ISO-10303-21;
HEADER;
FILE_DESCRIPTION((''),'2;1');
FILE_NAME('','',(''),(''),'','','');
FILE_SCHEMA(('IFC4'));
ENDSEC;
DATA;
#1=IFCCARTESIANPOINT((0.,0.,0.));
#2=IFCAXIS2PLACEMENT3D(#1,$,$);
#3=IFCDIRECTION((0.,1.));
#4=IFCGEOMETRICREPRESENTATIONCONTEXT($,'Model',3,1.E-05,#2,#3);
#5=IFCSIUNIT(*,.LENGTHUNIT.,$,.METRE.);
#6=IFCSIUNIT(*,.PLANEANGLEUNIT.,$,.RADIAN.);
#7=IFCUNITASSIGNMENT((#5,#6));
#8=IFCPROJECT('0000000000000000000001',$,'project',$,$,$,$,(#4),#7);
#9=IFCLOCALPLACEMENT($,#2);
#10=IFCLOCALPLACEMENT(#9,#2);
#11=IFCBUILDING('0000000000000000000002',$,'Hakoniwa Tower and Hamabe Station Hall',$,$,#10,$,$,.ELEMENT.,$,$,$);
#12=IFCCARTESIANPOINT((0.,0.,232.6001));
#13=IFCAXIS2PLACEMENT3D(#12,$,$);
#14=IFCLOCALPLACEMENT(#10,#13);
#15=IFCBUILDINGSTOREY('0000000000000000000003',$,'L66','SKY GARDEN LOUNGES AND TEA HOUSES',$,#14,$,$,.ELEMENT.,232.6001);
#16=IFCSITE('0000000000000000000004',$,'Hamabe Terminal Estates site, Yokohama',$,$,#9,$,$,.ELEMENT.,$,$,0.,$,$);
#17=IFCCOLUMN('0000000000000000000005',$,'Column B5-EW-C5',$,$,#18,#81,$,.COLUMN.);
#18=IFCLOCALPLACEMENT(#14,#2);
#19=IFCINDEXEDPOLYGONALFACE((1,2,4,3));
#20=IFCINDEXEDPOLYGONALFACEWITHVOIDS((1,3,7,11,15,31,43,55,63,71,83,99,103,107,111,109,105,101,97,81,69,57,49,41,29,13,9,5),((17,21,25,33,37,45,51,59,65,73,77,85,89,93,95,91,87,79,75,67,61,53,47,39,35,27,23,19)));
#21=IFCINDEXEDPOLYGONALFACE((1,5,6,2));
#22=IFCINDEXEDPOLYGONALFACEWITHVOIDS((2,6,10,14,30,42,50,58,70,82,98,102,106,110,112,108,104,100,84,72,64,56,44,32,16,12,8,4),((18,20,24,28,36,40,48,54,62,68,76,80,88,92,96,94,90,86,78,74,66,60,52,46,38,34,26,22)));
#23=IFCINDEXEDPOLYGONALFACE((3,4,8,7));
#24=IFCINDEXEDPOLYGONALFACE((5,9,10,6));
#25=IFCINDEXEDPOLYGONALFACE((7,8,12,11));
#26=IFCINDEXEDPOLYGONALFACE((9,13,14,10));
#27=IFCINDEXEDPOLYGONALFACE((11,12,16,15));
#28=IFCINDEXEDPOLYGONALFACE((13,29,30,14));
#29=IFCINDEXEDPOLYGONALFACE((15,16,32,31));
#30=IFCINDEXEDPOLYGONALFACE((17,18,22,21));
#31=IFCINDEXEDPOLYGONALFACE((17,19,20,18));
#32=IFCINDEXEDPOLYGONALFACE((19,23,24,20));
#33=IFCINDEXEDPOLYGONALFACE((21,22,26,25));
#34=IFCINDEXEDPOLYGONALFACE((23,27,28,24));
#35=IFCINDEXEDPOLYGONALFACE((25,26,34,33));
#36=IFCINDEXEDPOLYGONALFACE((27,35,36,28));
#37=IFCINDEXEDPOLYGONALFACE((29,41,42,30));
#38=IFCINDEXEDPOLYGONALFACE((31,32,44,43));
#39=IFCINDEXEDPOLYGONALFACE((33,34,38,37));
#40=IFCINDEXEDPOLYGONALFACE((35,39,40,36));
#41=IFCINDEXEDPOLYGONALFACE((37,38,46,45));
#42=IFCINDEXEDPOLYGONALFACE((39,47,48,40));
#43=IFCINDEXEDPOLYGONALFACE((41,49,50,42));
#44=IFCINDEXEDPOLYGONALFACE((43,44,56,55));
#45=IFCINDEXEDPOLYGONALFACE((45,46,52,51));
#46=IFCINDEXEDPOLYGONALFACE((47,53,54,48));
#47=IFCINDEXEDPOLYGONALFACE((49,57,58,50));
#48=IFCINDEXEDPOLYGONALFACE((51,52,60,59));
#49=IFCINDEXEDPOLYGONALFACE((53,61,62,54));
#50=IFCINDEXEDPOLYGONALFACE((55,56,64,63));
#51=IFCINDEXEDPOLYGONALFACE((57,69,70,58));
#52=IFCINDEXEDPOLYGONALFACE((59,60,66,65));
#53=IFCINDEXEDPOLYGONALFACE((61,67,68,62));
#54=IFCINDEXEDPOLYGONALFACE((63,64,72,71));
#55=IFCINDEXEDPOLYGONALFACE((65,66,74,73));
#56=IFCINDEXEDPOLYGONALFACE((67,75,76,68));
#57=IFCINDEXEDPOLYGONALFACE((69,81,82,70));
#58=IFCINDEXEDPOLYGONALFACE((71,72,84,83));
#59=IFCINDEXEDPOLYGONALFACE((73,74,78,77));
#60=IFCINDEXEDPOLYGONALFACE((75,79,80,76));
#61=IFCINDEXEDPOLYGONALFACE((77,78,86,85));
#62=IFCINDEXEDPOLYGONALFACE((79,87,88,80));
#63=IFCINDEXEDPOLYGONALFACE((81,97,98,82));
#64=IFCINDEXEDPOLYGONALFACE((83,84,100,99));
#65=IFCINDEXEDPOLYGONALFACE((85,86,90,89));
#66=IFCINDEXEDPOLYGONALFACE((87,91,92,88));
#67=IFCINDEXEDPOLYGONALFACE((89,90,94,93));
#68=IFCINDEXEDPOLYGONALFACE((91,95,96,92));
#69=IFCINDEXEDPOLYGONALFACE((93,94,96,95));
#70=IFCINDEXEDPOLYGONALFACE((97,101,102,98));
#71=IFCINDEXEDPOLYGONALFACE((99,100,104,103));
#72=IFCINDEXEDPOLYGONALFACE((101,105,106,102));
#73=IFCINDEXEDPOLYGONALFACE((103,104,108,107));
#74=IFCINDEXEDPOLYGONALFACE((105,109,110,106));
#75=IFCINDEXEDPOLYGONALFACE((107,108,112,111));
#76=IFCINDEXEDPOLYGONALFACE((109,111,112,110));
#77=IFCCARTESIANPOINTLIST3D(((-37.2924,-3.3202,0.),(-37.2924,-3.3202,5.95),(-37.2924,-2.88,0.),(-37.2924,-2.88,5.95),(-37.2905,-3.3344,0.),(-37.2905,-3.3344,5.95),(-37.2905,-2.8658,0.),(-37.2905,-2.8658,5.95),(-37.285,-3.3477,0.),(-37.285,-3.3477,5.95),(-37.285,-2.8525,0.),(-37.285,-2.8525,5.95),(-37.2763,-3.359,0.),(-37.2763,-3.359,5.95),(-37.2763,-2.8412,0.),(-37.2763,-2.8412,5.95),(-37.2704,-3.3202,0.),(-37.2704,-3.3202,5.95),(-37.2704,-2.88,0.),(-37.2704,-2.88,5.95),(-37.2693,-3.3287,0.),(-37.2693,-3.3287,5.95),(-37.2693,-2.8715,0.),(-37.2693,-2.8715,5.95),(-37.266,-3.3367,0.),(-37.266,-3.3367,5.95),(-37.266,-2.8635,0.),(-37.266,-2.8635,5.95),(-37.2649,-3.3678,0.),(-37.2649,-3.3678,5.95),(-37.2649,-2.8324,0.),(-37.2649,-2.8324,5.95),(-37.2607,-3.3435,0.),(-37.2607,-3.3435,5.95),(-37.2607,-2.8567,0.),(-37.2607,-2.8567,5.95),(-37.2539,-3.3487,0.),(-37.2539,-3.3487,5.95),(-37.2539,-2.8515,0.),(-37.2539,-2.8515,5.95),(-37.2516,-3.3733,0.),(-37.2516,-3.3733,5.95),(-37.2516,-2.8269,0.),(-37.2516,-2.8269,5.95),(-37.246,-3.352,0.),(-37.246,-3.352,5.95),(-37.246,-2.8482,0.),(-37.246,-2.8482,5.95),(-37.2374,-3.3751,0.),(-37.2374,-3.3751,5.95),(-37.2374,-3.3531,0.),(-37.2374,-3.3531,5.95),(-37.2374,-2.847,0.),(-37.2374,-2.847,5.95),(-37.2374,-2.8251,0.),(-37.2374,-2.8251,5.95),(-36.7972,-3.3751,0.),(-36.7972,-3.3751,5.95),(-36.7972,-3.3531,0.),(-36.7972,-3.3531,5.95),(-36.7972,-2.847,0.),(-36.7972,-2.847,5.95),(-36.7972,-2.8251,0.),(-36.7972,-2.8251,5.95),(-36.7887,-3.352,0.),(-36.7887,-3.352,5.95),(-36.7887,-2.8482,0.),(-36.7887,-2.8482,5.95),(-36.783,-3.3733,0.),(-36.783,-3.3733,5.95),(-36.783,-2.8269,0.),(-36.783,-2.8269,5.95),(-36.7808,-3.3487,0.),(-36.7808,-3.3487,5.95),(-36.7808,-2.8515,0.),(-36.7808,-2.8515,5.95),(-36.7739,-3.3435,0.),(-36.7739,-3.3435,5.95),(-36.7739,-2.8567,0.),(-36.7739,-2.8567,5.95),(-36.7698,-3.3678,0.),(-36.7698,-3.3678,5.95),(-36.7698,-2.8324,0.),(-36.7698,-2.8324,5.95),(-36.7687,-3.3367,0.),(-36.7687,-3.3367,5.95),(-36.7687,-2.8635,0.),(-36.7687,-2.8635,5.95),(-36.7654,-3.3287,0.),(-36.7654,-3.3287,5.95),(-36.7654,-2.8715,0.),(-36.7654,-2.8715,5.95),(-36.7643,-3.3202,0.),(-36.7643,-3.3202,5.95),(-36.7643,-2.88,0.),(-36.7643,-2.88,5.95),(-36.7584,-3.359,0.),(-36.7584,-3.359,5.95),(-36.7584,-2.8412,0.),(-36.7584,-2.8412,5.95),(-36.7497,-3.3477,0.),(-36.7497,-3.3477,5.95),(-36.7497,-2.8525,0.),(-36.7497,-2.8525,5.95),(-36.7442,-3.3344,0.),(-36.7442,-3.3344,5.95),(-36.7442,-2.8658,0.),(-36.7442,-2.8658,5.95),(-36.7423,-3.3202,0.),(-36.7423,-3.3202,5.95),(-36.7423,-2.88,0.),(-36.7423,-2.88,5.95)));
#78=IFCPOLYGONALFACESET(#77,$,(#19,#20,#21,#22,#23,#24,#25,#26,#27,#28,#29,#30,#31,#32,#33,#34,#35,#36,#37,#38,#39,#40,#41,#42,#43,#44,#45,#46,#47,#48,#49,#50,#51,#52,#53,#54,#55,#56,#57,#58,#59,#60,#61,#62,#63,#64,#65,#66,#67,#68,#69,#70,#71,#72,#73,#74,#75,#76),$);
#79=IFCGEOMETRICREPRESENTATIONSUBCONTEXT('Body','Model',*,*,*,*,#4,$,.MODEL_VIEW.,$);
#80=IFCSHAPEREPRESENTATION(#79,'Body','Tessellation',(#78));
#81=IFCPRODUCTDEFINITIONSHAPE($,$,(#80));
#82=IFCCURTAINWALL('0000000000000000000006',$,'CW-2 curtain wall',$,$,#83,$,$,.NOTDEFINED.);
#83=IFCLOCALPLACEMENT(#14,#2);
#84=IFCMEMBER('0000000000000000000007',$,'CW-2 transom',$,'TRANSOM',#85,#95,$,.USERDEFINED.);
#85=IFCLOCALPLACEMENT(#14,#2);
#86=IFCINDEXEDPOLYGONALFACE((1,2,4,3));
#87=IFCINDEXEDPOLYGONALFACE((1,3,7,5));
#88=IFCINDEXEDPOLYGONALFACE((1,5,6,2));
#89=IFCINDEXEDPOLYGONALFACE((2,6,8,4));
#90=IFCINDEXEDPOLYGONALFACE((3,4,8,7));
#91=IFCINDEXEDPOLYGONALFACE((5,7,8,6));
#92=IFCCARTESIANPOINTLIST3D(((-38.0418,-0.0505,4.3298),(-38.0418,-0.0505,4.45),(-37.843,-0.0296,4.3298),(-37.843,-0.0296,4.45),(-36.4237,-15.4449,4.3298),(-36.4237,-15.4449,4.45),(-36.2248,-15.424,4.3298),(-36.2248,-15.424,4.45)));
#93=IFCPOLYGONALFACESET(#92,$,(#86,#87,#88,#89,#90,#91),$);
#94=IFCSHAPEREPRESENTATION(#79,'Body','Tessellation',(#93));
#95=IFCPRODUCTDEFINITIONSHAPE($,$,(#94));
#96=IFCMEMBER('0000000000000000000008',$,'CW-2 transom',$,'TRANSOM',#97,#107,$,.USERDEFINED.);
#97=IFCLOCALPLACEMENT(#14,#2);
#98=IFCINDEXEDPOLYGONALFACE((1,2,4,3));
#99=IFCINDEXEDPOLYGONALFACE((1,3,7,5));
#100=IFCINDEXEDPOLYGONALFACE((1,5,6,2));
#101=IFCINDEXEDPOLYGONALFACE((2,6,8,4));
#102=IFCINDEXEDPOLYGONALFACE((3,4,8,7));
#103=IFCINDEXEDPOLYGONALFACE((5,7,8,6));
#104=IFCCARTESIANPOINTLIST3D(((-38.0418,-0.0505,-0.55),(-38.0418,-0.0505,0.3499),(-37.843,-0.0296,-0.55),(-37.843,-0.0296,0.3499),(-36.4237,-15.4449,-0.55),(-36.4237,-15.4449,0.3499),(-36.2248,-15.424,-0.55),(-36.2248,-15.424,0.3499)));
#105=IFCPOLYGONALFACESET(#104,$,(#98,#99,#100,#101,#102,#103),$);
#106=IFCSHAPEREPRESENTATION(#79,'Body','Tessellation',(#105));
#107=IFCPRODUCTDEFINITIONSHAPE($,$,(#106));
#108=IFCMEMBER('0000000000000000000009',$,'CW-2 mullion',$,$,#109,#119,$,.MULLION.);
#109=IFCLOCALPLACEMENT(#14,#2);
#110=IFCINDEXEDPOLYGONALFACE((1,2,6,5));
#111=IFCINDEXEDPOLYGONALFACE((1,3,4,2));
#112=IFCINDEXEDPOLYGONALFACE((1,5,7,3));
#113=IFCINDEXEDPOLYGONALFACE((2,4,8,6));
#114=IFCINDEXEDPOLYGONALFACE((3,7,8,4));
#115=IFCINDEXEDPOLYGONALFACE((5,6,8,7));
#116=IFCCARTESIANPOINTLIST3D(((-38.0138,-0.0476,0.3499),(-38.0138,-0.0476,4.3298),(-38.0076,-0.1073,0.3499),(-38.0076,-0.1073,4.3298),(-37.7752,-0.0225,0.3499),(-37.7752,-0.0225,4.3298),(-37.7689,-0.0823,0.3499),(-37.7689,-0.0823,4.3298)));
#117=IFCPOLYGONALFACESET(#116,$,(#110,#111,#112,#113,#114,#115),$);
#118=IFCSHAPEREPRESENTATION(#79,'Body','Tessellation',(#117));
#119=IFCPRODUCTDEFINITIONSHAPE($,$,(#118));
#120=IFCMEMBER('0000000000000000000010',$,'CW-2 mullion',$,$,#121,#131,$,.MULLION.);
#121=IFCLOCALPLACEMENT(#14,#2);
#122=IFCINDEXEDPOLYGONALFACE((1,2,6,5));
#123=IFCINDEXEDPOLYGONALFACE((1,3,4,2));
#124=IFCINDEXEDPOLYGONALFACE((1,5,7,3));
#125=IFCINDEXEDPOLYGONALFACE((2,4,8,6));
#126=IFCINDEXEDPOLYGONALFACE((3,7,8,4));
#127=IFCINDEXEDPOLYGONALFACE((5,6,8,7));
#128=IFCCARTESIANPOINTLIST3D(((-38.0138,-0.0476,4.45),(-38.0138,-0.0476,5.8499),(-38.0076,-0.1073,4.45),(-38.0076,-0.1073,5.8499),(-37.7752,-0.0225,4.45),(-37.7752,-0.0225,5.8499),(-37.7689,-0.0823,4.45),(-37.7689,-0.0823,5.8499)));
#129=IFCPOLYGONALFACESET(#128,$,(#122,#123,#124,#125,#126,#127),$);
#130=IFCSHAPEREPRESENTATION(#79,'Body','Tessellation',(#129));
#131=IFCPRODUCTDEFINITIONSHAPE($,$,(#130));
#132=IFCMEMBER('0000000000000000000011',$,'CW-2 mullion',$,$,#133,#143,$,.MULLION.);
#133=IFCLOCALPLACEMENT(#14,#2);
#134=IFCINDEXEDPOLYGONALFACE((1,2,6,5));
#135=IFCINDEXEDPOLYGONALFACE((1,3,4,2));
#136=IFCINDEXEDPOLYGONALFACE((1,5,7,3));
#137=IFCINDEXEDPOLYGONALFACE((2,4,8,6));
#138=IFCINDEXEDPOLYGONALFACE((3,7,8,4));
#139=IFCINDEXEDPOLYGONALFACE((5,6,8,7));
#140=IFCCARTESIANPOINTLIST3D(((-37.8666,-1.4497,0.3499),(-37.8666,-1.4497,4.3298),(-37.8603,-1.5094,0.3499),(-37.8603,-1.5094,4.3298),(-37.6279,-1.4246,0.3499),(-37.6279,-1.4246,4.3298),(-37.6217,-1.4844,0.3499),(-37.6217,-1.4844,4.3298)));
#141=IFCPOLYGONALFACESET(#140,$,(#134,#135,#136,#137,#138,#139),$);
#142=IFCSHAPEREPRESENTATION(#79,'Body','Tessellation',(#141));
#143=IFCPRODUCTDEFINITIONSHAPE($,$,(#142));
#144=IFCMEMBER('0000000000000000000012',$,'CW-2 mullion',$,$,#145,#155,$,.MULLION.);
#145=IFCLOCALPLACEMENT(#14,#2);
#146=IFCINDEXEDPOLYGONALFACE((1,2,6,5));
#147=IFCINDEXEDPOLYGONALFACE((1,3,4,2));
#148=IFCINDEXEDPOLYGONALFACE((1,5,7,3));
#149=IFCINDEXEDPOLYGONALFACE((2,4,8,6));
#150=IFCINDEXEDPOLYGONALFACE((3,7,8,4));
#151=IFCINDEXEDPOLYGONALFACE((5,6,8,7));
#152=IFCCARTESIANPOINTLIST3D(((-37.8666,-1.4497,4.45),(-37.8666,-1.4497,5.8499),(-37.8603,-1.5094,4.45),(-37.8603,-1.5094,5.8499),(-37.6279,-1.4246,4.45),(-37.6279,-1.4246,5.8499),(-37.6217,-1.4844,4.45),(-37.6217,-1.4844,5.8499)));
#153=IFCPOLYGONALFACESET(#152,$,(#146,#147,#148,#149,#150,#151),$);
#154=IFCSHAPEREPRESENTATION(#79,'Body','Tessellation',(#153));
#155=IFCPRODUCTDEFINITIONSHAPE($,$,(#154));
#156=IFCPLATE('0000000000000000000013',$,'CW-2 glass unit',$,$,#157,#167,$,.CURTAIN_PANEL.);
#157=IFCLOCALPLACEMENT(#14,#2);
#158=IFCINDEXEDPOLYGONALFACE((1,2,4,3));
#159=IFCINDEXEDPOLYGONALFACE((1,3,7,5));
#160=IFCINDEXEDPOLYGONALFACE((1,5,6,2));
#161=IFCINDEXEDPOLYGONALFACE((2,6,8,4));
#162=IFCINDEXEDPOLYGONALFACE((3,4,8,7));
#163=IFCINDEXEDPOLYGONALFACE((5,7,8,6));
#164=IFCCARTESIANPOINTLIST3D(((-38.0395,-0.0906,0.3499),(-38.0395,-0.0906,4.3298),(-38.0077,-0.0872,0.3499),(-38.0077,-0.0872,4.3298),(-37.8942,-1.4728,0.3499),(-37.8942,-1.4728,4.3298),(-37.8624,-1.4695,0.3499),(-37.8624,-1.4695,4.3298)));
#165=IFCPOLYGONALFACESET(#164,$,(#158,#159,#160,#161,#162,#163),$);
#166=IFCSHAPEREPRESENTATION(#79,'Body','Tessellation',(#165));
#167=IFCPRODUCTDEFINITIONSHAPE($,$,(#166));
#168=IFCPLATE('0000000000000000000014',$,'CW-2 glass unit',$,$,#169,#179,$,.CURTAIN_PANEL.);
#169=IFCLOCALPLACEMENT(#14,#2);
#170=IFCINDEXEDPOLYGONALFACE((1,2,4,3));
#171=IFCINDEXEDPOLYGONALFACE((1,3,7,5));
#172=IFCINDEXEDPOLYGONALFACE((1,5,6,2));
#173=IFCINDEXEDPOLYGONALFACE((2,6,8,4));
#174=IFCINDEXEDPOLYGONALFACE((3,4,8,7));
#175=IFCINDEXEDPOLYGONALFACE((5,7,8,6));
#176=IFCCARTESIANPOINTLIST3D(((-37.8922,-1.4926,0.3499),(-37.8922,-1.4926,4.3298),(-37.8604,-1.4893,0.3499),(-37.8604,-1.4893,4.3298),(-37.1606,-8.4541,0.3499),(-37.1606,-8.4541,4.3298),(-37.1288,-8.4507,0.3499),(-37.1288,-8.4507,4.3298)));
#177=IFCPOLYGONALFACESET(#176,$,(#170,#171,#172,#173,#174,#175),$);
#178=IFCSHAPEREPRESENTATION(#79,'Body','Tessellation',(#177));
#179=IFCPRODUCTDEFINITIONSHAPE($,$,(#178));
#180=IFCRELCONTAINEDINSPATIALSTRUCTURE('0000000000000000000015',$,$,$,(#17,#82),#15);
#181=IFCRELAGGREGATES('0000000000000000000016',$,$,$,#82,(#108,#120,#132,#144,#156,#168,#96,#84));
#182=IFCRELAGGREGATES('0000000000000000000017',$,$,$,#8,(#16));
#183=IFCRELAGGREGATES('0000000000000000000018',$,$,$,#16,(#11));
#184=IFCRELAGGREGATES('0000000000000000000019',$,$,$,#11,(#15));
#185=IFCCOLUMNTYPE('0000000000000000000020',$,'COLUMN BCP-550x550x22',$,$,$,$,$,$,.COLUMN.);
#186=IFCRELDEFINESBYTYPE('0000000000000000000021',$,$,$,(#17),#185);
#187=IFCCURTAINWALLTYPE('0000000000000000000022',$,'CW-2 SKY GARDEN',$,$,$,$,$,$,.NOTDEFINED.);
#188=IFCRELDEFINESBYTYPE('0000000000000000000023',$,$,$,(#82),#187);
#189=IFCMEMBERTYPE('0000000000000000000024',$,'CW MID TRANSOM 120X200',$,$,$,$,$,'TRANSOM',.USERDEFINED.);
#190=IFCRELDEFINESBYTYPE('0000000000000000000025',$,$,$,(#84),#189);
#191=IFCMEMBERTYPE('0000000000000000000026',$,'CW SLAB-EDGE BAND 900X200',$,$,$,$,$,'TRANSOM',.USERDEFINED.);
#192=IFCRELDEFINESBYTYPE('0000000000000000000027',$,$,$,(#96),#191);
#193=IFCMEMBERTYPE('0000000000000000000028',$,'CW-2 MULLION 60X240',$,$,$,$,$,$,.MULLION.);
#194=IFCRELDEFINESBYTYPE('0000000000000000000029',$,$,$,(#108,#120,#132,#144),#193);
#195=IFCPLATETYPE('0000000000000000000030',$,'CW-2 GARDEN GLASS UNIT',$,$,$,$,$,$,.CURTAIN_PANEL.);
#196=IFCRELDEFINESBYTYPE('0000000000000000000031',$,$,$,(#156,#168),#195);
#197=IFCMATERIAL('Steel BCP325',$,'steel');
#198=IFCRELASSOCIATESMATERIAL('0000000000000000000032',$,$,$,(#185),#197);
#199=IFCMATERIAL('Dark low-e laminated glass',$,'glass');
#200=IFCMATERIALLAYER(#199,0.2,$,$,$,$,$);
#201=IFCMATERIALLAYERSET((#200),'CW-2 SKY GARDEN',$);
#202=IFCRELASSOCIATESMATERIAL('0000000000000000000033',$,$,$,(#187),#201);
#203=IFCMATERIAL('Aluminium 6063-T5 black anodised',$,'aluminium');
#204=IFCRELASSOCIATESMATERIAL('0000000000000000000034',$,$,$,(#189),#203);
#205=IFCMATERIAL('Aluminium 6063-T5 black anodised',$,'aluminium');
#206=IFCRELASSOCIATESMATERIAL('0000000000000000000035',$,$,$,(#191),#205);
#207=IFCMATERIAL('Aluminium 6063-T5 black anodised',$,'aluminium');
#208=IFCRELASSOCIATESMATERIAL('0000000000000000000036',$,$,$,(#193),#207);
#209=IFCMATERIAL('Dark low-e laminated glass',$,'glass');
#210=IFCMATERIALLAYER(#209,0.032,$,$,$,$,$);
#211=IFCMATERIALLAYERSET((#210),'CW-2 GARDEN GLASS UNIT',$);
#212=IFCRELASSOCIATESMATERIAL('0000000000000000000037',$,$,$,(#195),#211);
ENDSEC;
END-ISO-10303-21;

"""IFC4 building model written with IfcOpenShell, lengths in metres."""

from ifc_helpers import new_model, si_unit, direction, frame, origin, origin_2d, place, context, subcontext, project, spatial, rectangle, hollow_rectangle, extrude, material, layer, layer_set, material_profile, profile_set, type_object, element, aggregate, save


model = new_model("IFC4")

# Units and contexts
model_context = context("Model", 3, precision=1e-05, world=origin(), true_north=direction((0.0, 1.0)))
body_context = subcontext(model_context, "Body", "Model", "MODEL_VIEW")
ifc_project = project(units=[si_unit("LENGTHUNIT", "METRE"), si_unit("PLANEANGLEUNIT", "RADIAN")], contexts=[model_context])

# Site, building, storey
site_placement = place(None, origin())
site = spatial("IfcSite", under=ifc_project, at=site_placement, Name="Hamabe Terminal Estates site, Yokohama", CompositionType="ELEMENT", RefElevation=0.0)
building_placement = place(site_placement, origin())
building = spatial("IfcBuilding", under=site, at=building_placement, Name="Hakoniwa Tower and Hamabe Station Hall", CompositionType="ELEMENT")
storey_placement = place(building_placement, frame((0.0, 0.0, 232.6001)))
storey = spatial("IfcBuildingStorey", under=building, at=storey_placement, Name="L66", Description="SKY GARDEN LOUNGES AND TEA HOUSES", CompositionType="ELEMENT", Elevation=232.6001)

# Column
ifc_material_1 = material(Name="Steel BCP325", Category="steel")
ifc_material_profile_1 = material_profile(ifc_material_1, hollow_rectangle(XDim=0.55, YDim=0.55, WallThickness=0.022, InnerFilletRadius=0.033, OuterFilletRadius=0.0549, at=origin_2d()), Name="BCP-550x550x22")
ifc_profile_set_1 = profile_set([ifc_material_profile_1], Name="Steel BCP325")
column_type = type_object("IfcColumnType", Name="COLUMN BCP-550x550x22", PredefinedType="COLUMN", material=ifc_profile_set_1)
column_placement = place(storey_placement, frame((-37.0173, -3.1001, 0.0), z_axis=(0.0, 0.0, 1.0), x_axis=(1.0, 0.0, 0.0)))
element("IfcColumn", 1, at=column_placement, inside=storey, type_object=column_type, Name="Column B5-EW-C5", PredefinedType="COLUMN", context=body_context, shape_type="SweptSolid", body=[
    extrude(hollow_rectangle(XDim=0.55, YDim=0.55, WallThickness=0.022, InnerFilletRadius=0.033, OuterFilletRadius=0.0549, at=origin_2d()), origin(), (0.0, 0.0, 1.0), 5.95),
])

# Curtain wall, members, plates
ifc_material_2 = material(Name="Dark low-e laminated glass", Category="glass")
ifc_layer_1 = layer(ifc_material_2, 0.2)
ifc_layer_set_1 = layer_set([ifc_layer_1], Name="CW-2 SKY GARDEN")
curtain_wall_type = type_object("IfcCurtainWallType", Name="CW-2 SKY GARDEN", PredefinedType="NOTDEFINED", material=ifc_layer_set_1)
curtain_wall_placement = place(storey_placement, origin())
curtain_wall = element("IfcCurtainWall", 2, at=curtain_wall_placement, inside=storey, type_object=curtain_wall_type, Name="CW-2 curtain wall", PredefinedType="NOTDEFINED")
ifc_material_3 = material(Name="Aluminium 6063-T5 black anodised", Category="aluminium")
ifc_material_profile_2 = material_profile(ifc_material_3, rectangle(XDim=0.2, YDim=0.1201, at=origin_2d()), Name="CW MID TRANSOM 120X200")
ifc_profile_set_2 = profile_set([ifc_material_profile_2], Name="Aluminium 6063-T5 black anodised")
member_type_1 = type_object("IfcMemberType", Name="CW MID TRANSOM 120X200", ElementType="TRANSOM", PredefinedType="USERDEFINED", material=ifc_profile_set_2)
member_1_placement = place(storey_placement, frame((-37.9424, -0.04, 4.3899), z_axis=(0.104537, -0.994521, 0.0), x_axis=(0.994521, 0.104537, 0.0)))
member_1 = element("IfcMember", 3, at=member_1_placement, type_object=member_type_1, Name="CW-2 transom", ObjectType="TRANSOM", PredefinedType="USERDEFINED", context=body_context, shape_type="SweptSolid", body=[
    extrude(rectangle(XDim=0.2, YDim=0.1201, at=origin_2d()), origin(), (0.0, 0.0, 1.0), 15.4792),
])
ifc_material_4 = material(Name="Aluminium 6063-T5 black anodised", Category="aluminium")
ifc_material_profile_3 = material_profile(ifc_material_4, rectangle(XDim=0.2, YDim=0.8999, at=origin_2d()), Name="CW SLAB-EDGE BAND 900X200")
ifc_profile_set_3 = profile_set([ifc_material_profile_3], Name="Aluminium 6063-T5 black anodised")
member_type_2 = type_object("IfcMemberType", Name="CW SLAB-EDGE BAND 900X200", ElementType="TRANSOM", PredefinedType="USERDEFINED", material=ifc_profile_set_3)
member_2_placement = place(storey_placement, frame((-37.9424, -0.04, -0.1001), z_axis=(0.104537, -0.994521, 0.0), x_axis=(0.994521, 0.104537, 0.0)))
member_2 = element("IfcMember", 4, at=member_2_placement, type_object=member_type_2, Name="CW-2 transom", ObjectType="TRANSOM", PredefinedType="USERDEFINED", context=body_context, shape_type="SweptSolid", body=[
    extrude(rectangle(XDim=0.2, YDim=0.8999, at=origin_2d()), origin(), (0.0, 0.0, 1.0), 15.4792),
])
ifc_material_5 = material(Name="Aluminium 6063-T5 black anodised", Category="aluminium")
ifc_material_profile_4 = material_profile(ifc_material_5, rectangle(XDim=0.0601, YDim=0.24, at=origin_2d()), Name="CW-2 MULLION 60X240")
ifc_profile_set_4 = profile_set([ifc_material_profile_4], Name="Aluminium 6063-T5 black anodised")
member_type_3 = type_object("IfcMemberType", Name="CW-2 MULLION 60X240", PredefinedType="MULLION", material=ifc_profile_set_4)
member_3_placement = place(storey_placement, frame((-37.8914, -0.0649, 0.3499), z_axis=(0.0, 0.0, 1.0), x_axis=(0.104528, -0.994522, 0.0)))
member_3 = element("IfcMember", 5, at=member_3_placement, type_object=member_type_3, Name="CW-2 mullion", PredefinedType="MULLION", context=body_context, shape_type="SweptSolid", body=[
    extrude(rectangle(XDim=0.0601, YDim=0.24, at=origin_2d()), origin(), (0.0, 0.0, 1.0), 3.98),
])
member_4_placement = place(storey_placement, frame((-37.8914, -0.0649, 4.45), z_axis=(0.0, 0.0, 1.0), x_axis=(0.104528, -0.994522, 0.0)))
member_4 = element("IfcMember", 6, at=member_4_placement, type_object=member_type_3, Name="CW-2 mullion", PredefinedType="MULLION", context=body_context, shape_type="SweptSolid", body=[
    extrude(rectangle(XDim=0.0601, YDim=0.24, at=origin_2d()), origin(), (0.0, 0.0, 1.0), 1.3999),
])
member_5_placement = place(storey_placement, frame((-37.7441, -1.467, 0.3499), z_axis=(0.0, 0.0, 1.0), x_axis=(0.104528, -0.994522, 0.0)))
member_5 = element("IfcMember", 7, at=member_5_placement, type_object=member_type_3, Name="CW-2 mullion", PredefinedType="MULLION", context=body_context, shape_type="SweptSolid", body=[
    extrude(rectangle(XDim=0.0601, YDim=0.24, at=origin_2d()), origin(), (0.0, 0.0, 1.0), 3.98),
])
member_6_placement = place(storey_placement, frame((-37.7441, -1.467, 4.45), z_axis=(0.0, 0.0, 1.0), x_axis=(0.104528, -0.994522, 0.0)))
member_6 = element("IfcMember", 8, at=member_6_placement, type_object=member_type_3, Name="CW-2 mullion", PredefinedType="MULLION", context=body_context, shape_type="SweptSolid", body=[
    extrude(rectangle(XDim=0.0601, YDim=0.24, at=origin_2d()), origin(), (0.0, 0.0, 1.0), 1.3999),
])
ifc_material_6 = material(Name="Dark low-e laminated glass", Category="glass")
ifc_layer_2 = layer(ifc_material_6, 0.032)
ifc_layer_set_2 = layer_set([ifc_layer_2], Name="CW-2 GARDEN GLASS UNIT")
plate_type = type_object("IfcPlateType", Name="CW-2 GARDEN GLASS UNIT", PredefinedType="CURTAIN_PANEL", material=ifc_layer_set_2)
plate_1_placement = place(storey_placement, frame((-37.9509, -0.78, 0.3499), z_axis=(0.0, 0.0, 1.0), x_axis=(0.104528, -0.994522, 0.0)))
plate_1 = element("IfcPlate", 9, at=plate_1_placement, type_object=plate_type, Name="CW-2 glass unit", PredefinedType="CURTAIN_PANEL", context=body_context, shape_type="SweptSolid", body=[
    extrude(rectangle(XDim=1.3899, YDim=0.032, at=origin_2d()), origin(), (0.0, 0.0, 1.0), 3.98),
])
plate_2_placement = place(storey_placement, frame((-37.5105, -4.9717, 0.3499), z_axis=(0.0, 0.0, 1.0), x_axis=(0.104528, -0.994522, 0.0)))
plate_2 = element("IfcPlate", 10, at=plate_2_placement, type_object=plate_type, Name="CW-2 glass unit", PredefinedType="CURTAIN_PANEL", context=body_context, shape_type="SweptSolid", body=[
    extrude(rectangle(XDim=6.9998, YDim=0.032, at=origin_2d()), origin(), (0.0, 0.0, 1.0), 3.98),
])

aggregate(curtain_wall, [member_3, member_4, member_5, member_6, plate_1, plate_2, member_2, member_1])

save(model, "model.ifc")
